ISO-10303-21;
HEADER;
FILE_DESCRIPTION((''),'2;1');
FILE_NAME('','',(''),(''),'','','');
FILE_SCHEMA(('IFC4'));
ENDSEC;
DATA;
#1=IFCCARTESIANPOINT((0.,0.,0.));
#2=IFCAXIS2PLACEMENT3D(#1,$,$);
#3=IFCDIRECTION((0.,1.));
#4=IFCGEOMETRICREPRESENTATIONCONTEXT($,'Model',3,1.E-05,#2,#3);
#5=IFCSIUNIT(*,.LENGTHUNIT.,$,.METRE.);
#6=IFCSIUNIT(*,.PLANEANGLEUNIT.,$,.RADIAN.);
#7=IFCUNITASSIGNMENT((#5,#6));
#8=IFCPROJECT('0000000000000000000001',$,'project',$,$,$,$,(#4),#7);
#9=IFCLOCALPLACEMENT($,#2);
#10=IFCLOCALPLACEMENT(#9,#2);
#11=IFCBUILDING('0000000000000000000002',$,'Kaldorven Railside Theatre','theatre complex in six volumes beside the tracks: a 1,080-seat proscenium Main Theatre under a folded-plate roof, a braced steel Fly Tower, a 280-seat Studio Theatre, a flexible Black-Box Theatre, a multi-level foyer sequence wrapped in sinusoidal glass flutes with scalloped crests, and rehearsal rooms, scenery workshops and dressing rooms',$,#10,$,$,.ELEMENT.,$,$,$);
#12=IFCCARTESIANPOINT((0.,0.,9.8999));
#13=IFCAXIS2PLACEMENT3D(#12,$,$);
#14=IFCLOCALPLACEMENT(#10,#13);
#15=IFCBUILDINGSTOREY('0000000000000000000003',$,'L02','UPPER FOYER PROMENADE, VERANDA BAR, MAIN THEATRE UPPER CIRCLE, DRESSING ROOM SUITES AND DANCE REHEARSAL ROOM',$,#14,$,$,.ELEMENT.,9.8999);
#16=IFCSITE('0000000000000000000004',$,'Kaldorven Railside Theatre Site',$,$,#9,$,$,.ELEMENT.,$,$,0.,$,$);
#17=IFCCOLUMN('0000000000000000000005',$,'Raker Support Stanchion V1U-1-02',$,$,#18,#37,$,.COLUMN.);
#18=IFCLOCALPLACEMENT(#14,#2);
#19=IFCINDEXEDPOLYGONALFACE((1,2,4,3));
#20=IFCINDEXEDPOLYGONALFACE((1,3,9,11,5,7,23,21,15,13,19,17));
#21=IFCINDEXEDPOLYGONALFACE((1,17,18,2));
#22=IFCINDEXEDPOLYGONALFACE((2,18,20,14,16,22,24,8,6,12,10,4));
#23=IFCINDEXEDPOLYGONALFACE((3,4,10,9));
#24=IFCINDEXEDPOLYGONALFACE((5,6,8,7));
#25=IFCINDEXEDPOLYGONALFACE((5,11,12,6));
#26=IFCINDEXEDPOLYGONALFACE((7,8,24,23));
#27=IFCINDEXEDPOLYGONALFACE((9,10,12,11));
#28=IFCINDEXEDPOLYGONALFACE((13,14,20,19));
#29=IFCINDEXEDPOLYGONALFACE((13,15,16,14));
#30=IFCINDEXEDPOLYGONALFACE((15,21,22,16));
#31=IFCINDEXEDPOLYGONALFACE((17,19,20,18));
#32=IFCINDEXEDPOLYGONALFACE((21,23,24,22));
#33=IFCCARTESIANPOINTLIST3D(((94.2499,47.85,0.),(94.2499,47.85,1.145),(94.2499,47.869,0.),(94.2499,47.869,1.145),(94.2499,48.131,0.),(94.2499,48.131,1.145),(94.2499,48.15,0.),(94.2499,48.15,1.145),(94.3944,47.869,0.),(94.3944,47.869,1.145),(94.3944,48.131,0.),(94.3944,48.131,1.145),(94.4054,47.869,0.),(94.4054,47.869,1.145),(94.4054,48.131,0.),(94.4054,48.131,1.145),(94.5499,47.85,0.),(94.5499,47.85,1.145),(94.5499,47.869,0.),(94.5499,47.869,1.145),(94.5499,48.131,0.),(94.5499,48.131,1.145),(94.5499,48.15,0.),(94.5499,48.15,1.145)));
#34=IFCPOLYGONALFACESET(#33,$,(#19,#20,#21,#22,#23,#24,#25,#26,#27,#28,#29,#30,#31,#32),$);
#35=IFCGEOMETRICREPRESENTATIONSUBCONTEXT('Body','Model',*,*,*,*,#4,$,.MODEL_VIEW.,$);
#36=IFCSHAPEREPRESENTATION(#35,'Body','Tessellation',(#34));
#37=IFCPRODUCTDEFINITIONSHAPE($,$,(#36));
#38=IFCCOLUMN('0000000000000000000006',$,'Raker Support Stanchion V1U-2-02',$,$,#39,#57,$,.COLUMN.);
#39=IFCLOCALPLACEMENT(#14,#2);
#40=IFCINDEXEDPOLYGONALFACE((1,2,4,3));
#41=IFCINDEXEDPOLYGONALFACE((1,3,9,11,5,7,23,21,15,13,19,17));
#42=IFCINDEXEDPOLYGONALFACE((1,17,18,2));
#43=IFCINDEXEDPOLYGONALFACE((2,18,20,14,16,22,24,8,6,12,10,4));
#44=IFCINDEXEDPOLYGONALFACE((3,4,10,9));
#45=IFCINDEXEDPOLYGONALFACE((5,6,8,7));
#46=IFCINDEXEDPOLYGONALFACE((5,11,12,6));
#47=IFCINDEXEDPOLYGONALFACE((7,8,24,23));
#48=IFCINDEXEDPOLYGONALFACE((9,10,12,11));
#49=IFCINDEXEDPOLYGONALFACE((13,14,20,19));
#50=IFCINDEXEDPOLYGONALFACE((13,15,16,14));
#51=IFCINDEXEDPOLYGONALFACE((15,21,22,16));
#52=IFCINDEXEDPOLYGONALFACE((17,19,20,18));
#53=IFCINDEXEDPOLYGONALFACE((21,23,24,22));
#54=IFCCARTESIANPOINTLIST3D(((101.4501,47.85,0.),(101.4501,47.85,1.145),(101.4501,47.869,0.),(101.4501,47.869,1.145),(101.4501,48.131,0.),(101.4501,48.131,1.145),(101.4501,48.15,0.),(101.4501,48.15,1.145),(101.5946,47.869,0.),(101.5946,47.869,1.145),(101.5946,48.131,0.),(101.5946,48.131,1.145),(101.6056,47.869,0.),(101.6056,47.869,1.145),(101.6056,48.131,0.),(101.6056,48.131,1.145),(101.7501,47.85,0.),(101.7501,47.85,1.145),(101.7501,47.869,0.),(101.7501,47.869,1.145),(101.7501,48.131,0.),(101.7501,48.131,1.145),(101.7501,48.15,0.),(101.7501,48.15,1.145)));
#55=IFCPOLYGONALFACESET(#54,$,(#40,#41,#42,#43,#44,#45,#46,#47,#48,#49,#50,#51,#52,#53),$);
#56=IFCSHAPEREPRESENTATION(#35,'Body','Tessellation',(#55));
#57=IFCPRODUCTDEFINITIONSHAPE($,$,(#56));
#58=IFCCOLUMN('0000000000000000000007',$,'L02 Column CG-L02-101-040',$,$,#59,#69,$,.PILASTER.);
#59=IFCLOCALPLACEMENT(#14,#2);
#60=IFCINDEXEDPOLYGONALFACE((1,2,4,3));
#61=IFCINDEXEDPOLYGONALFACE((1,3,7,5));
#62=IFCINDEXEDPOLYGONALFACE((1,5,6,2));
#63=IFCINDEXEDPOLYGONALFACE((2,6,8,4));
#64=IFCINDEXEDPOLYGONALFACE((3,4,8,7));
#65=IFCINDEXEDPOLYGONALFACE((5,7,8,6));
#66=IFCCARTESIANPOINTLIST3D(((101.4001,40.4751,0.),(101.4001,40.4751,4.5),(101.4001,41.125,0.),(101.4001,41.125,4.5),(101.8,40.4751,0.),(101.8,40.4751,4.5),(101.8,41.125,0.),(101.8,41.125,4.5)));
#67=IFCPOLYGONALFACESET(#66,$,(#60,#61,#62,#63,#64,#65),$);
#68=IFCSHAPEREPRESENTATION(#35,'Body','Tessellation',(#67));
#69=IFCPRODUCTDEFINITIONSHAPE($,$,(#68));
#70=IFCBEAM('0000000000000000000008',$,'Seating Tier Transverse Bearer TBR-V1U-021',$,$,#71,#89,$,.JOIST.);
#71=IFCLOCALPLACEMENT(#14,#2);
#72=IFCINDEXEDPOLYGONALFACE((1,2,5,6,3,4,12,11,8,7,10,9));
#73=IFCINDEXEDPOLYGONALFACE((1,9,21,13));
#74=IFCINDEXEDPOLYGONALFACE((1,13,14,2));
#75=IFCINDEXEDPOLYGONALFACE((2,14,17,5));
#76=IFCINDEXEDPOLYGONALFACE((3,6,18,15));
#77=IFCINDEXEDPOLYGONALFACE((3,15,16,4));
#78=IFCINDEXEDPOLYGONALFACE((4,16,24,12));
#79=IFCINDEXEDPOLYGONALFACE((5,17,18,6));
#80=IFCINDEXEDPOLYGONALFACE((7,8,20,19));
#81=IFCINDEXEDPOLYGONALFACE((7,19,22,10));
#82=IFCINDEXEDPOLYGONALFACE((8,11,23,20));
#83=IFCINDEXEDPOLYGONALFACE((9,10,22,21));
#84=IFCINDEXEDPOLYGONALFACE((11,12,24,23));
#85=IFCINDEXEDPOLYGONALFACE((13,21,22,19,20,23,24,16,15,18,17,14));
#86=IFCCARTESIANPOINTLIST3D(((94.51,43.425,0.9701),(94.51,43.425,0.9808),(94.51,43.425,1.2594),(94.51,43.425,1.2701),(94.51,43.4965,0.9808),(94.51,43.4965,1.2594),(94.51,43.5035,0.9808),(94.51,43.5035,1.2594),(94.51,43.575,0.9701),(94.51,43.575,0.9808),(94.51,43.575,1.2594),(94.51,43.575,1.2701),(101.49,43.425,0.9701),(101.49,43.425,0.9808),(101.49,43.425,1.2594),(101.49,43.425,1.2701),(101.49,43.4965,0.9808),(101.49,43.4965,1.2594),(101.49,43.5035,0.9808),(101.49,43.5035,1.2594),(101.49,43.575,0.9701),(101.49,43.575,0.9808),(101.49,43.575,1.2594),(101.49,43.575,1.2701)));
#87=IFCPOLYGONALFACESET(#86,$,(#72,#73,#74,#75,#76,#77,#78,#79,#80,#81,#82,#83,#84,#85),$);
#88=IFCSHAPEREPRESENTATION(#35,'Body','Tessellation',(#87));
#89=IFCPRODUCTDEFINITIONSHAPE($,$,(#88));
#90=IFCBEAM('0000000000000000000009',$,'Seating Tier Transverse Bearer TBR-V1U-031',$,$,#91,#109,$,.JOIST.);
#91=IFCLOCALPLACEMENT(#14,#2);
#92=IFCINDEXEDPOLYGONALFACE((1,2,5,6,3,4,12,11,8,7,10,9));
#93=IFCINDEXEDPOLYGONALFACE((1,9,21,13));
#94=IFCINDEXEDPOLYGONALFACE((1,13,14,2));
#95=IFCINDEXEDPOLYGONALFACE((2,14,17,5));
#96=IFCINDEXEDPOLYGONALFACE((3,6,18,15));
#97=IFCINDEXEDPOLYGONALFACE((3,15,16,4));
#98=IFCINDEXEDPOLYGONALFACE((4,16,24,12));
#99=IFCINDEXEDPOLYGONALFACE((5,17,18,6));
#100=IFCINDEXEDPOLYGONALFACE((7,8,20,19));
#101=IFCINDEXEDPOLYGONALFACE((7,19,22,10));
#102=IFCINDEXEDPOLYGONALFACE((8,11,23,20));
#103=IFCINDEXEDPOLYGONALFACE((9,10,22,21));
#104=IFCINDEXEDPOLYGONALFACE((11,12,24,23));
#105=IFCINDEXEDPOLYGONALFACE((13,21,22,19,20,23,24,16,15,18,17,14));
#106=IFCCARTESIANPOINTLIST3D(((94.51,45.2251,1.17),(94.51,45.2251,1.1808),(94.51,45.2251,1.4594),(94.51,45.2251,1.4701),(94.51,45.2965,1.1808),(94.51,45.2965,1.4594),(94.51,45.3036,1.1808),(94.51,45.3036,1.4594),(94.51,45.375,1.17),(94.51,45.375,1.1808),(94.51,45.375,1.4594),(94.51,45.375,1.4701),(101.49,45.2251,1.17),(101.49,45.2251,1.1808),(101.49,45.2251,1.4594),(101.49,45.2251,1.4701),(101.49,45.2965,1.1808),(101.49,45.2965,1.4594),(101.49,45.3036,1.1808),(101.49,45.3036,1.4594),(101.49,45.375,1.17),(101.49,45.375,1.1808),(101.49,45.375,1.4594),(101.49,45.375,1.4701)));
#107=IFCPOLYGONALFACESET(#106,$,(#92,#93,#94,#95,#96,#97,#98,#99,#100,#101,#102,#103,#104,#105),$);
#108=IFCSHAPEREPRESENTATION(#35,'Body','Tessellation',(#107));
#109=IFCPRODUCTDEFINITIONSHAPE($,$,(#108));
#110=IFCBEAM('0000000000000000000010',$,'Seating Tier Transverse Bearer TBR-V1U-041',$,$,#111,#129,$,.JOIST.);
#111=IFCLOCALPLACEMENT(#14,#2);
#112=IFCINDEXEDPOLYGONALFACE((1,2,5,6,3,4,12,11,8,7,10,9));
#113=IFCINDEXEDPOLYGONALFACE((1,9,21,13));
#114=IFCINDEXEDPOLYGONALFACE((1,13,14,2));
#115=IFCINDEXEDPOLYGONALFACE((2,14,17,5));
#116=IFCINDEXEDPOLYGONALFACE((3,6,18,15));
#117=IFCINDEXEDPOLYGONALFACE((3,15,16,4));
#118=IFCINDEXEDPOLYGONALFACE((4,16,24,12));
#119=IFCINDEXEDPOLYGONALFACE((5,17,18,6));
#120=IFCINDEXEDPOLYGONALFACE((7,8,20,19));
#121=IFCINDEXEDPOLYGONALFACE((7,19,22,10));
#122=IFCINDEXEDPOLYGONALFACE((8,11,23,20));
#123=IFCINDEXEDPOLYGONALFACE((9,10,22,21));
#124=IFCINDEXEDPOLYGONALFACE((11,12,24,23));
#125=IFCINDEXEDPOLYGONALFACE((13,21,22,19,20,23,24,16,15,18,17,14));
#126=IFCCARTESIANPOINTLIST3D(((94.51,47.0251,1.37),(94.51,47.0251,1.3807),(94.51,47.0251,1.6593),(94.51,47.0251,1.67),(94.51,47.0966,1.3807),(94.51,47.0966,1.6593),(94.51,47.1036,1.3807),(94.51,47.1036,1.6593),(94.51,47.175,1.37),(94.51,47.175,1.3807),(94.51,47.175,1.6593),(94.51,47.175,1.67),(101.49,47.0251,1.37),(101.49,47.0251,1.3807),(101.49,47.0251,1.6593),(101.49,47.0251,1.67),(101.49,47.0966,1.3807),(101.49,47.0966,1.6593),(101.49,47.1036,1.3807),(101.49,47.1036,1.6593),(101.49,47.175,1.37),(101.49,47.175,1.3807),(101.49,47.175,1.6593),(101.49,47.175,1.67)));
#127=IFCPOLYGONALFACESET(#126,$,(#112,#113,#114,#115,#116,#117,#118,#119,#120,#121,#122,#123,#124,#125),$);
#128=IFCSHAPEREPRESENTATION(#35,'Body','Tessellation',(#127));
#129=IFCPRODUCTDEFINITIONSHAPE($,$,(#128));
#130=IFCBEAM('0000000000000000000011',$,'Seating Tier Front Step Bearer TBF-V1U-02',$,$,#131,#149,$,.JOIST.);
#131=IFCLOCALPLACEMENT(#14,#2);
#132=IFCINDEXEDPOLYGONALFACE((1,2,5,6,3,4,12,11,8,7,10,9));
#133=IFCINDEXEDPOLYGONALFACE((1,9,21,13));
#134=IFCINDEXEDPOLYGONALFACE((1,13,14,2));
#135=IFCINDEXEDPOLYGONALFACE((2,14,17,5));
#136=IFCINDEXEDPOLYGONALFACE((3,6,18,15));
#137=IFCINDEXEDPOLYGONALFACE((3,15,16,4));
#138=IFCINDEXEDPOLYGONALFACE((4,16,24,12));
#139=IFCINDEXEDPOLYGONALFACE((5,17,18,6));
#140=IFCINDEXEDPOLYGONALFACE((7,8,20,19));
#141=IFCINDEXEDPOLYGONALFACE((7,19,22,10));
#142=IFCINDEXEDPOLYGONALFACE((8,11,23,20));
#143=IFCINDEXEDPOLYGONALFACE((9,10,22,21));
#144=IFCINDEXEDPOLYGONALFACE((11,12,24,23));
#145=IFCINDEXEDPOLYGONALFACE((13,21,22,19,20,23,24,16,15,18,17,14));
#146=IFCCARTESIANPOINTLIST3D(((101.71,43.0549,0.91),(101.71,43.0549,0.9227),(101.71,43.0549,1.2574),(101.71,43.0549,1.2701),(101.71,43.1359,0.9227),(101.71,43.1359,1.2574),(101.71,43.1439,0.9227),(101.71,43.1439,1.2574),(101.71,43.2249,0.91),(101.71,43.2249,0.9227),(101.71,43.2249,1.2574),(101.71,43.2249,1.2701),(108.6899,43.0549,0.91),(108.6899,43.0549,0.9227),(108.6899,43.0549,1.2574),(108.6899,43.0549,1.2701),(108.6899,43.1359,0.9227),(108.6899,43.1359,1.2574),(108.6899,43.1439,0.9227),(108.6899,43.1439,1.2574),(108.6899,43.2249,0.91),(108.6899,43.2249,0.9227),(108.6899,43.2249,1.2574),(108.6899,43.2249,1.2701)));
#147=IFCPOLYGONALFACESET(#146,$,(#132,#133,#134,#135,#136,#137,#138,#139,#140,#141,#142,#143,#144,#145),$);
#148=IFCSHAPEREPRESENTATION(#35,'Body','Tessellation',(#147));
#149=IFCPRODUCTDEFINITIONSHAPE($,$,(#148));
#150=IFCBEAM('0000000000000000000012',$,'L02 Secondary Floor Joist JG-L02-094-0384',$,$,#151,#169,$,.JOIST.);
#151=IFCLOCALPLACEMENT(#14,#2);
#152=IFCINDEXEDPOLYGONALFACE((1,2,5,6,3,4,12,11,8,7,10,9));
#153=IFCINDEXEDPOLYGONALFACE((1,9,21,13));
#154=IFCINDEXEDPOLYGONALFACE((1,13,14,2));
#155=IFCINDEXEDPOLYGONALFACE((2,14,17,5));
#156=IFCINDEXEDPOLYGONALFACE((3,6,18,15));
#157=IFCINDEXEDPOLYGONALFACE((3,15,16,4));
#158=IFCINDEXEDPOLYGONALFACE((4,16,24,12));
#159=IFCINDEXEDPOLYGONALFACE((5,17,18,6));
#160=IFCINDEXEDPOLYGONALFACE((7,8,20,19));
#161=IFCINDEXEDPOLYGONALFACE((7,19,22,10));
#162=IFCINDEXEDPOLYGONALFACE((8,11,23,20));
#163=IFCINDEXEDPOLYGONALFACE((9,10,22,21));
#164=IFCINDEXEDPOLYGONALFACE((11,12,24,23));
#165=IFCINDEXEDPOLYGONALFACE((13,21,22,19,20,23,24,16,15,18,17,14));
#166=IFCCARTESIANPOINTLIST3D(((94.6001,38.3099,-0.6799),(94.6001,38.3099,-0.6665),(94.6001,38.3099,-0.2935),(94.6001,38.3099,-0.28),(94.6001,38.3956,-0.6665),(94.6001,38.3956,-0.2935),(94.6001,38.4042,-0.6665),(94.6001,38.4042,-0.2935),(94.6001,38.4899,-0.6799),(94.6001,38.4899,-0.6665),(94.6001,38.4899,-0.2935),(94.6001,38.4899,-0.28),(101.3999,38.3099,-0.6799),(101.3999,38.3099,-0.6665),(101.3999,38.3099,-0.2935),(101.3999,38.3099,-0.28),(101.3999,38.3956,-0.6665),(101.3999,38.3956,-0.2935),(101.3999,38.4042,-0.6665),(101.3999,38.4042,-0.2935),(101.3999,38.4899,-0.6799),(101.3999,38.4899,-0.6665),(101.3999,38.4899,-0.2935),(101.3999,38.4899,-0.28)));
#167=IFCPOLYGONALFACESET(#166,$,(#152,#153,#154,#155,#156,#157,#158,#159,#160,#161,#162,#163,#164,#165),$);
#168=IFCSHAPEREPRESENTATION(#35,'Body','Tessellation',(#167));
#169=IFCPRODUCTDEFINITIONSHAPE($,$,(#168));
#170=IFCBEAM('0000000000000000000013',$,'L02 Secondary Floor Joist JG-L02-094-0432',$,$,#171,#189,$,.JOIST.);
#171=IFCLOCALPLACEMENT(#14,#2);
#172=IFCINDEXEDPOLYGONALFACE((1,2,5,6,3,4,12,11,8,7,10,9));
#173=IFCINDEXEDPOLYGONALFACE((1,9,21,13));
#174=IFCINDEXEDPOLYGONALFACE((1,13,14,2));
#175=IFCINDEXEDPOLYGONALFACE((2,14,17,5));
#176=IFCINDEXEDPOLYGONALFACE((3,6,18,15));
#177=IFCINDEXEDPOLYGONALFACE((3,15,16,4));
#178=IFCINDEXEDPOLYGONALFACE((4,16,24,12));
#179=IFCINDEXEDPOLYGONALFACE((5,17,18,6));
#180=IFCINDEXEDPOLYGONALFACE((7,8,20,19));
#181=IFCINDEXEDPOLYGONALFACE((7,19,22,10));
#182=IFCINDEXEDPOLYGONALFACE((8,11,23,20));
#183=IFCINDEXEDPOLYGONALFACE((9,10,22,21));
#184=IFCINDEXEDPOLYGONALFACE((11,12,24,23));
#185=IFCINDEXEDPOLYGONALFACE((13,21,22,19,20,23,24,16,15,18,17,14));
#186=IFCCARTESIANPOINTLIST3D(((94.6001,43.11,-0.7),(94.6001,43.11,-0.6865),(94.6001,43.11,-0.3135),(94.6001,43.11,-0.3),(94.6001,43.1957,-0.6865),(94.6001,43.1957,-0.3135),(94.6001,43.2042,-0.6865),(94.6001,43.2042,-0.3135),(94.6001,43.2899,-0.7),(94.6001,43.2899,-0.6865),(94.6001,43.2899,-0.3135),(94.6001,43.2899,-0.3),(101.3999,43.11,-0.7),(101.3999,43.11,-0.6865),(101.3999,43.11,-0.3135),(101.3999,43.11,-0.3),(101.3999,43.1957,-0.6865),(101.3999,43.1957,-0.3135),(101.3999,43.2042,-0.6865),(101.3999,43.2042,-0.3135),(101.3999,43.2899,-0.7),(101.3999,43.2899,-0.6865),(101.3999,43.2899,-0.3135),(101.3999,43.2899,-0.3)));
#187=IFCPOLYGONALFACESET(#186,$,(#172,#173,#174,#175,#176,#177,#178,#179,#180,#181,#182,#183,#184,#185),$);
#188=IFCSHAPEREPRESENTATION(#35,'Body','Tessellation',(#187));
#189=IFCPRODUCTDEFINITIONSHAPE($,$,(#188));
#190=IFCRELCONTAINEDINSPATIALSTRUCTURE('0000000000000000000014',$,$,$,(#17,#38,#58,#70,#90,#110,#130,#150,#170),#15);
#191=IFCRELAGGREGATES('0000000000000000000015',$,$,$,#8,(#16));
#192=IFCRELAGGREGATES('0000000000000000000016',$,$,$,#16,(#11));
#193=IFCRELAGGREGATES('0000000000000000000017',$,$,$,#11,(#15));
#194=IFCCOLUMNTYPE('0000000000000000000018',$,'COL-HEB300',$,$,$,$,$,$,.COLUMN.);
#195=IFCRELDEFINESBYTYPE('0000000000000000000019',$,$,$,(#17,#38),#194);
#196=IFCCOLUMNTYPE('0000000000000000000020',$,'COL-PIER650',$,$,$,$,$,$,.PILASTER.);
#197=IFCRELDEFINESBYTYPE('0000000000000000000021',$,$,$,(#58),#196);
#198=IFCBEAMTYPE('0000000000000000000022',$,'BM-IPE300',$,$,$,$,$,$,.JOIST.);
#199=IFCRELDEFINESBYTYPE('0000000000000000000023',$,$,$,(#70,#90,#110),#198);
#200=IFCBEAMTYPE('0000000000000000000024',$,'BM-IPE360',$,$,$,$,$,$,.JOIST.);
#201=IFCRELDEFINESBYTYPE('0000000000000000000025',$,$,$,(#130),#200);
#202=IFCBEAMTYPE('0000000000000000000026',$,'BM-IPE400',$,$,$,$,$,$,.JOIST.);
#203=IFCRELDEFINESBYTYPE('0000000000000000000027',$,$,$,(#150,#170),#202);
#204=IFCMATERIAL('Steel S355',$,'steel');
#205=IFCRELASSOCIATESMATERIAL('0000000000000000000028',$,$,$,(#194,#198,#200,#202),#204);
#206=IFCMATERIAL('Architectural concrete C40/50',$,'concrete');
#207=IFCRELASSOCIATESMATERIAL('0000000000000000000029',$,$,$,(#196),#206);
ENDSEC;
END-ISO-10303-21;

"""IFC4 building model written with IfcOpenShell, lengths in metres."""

from ifc_helpers import new_model, si_unit, direction, frame, origin, origin_2d, place, context, subcontext, project, spatial, rectangle, i_section, extrude, material, material_profile, profile_set, type_object, element, save


model = new_model("IFC4")

# Units and contexts
model_context = context("Model", 3, precision=1e-05, world=origin(), true_north=direction((0.0, 1.0)))
body_context = subcontext(model_context, "Body", "Model", "MODEL_VIEW")
ifc_project = project(units=[si_unit("LENGTHUNIT", "METRE"), si_unit("PLANEANGLEUNIT", "RADIAN")], contexts=[model_context])

# Site, building, storey
site_placement = place(None, origin())
site = spatial("IfcSite", under=ifc_project, at=site_placement, Name="Kaldorven Railside Theatre Site", CompositionType="ELEMENT", RefElevation=0.0)
building_placement = place(site_placement, origin())
building = spatial("IfcBuilding", under=site, at=building_placement, Name="Kaldorven Railside Theatre", Description="theatre complex in six volumes beside the tracks: a 1,080-seat proscenium Main Theatre under a folded-plate roof, a braced steel Fly Tower, a 280-seat Studio Theatre, a flexible Black-Box Theatre, a multi-level foyer sequence wrapped in sinusoidal glass flutes with scalloped crests, and rehearsal rooms, scenery workshops and dressing rooms", CompositionType="ELEMENT")
storey_placement = place(building_placement, frame((0.0, 0.0, 9.8999)))
storey = spatial("IfcBuildingStorey", under=building, at=storey_placement, Name="L02", Description="UPPER FOYER PROMENADE, VERANDA BAR, MAIN THEATRE UPPER CIRCLE, DRESSING ROOM SUITES AND DANCE REHEARSAL ROOM", CompositionType="ELEMENT", Elevation=9.8999)

# Columns
ifc_material_1 = material(Name="Steel S355", Category="steel")
ifc_material_profile_1 = material_profile(ifc_material_1, i_section(OverallWidth=0.3, OverallDepth=0.3, WebThickness=0.011, FlangeThickness=0.019, at=origin_2d()), Name="HEB 300")
ifc_profile_set_1 = profile_set([ifc_material_profile_1], Name="Steel S355")
column_type_1 = type_object("IfcColumnType", Name="COL-HEB300", PredefinedType="COLUMN", material=ifc_profile_set_1)
for number, where, z_axis, x_axis, name in (
    (1, (94.3999, 48.0, 0.0), (0.0, 0.0, 1.0), (1.0, 0.0, 0.0), "Raker Support Stanchion V1U-1-02"),
    (2, (101.6001, 48.0, 0.0), (0.0, 0.0, 1.0), (1.0, 0.0, 0.0), "Raker Support Stanchion V1U-2-02"),
):
    element("IfcColumn", number, at=place(storey_placement, frame(where, z_axis=z_axis, x_axis=x_axis)), inside=storey, type_object=column_type_1, Name=name, PredefinedType="COLUMN", context=body_context, shape_type="SweptSolid", body=[
        extrude(i_section(OverallWidth=0.3, OverallDepth=0.3, WebThickness=0.011, FlangeThickness=0.019, at=origin_2d()), origin(), (0.0, 0.0, 1.0), 1.145),
    ])
ifc_material_2 = material(Name="Architectural concrete C40/50", Category="concrete")
ifc_material_profile_2 = material_profile(ifc_material_2, rectangle(XDim=0.3999, YDim=0.6499, at=origin_2d()), Name="RC 400x650")
ifc_profile_set_2 = profile_set([ifc_material_profile_2], Name="Architectural concrete C40/50")
column_type_2 = type_object("IfcColumnType", Name="COL-PIER650", PredefinedType="PILASTER", material=ifc_profile_set_2)
column_placement = place(storey_placement, frame((101.6001, 40.8, 0.0), z_axis=(0.0, 0.0, 1.0), x_axis=(1.0, 0.0, 0.0)))
element("IfcColumn", 3, at=column_placement, inside=storey, type_object=column_type_2, Name="L02 Column CG-L02-101-040", PredefinedType="PILASTER", context=body_context, shape_type="SweptSolid", body=[
    extrude(rectangle(XDim=0.3999, YDim=0.6499, at=origin_2d()), origin(), (0.0, 0.0, 1.0), 4.5),
])

# Beams
ifc_material_profile_3 = material_profile(ifc_material_1, i_section(OverallWidth=0.1499, OverallDepth=0.3, WebThickness=0.0071, FlangeThickness=0.0107, at=origin_2d()), Name="IPE 300")
ifc_profile_set_3 = profile_set([ifc_material_profile_3], Name="Steel S355")
beam_type_1 = type_object("IfcBeamType", Name="BM-IPE300", PredefinedType="JOIST", material=ifc_profile_set_3)
for number, where, z_axis, x_axis, name in (
    (4, (94.51, 43.5, 1.1201), (1.0, 0.0, 0.0), (0.0, 1.0, 0.0), "Seating Tier Transverse Bearer TBR-V1U-021"),
    (5, (94.51, 45.3, 1.3201), (1.0, 0.0, 0.0), (0.0, 1.0, 0.0), "Seating Tier Transverse Bearer TBR-V1U-031"),
    (6, (94.51, 47.1001, 1.52), (1.0, 0.0, 0.0), (0.0, 1.0, 0.0), "Seating Tier Transverse Bearer TBR-V1U-041"),
):
    element("IfcBeam", number, at=place(storey_placement, frame(where, z_axis=z_axis, x_axis=x_axis)), inside=storey, type_object=beam_type_1, Name=name, PredefinedType="JOIST", context=body_context, shape_type="SweptSolid", body=[
        extrude(i_section(OverallWidth=0.1499, OverallDepth=0.3, WebThickness=0.0071, FlangeThickness=0.0107, at=origin_2d()), origin(), (0.0, 0.0, 1.0), 6.98),
    ])
ifc_material_profile_4 = material_profile(ifc_material_1, i_section(OverallWidth=0.1699, OverallDepth=0.3601, WebThickness=0.0081, FlangeThickness=0.0127, at=origin_2d()), Name="IPE 360")
ifc_profile_set_4 = profile_set([ifc_material_profile_4], Name="Steel S355")
beam_type_2 = type_object("IfcBeamType", Name="BM-IPE360", PredefinedType="JOIST", material=ifc_profile_set_4)
beam_1_placement = place(storey_placement, frame((101.71, 43.1399, 1.0901), z_axis=(1.0, 0.0, 0.0), x_axis=(0.0, 1.0, 0.0)))
element("IfcBeam", 7, at=beam_1_placement, inside=storey, type_object=beam_type_2, Name="Seating Tier Front Step Bearer TBF-V1U-02", PredefinedType="JOIST", context=body_context, shape_type="SweptSolid", body=[
    extrude(i_section(OverallWidth=0.1699, OverallDepth=0.3601, WebThickness=0.0081, FlangeThickness=0.0127, at=origin_2d()), origin(), (0.0, 0.0, 1.0), 6.98),
])
ifc_material_profile_5 = material_profile(ifc_material_1, i_section(OverallWidth=0.1799, OverallDepth=0.3999, WebThickness=0.0085, FlangeThickness=0.0134, at=origin_2d()), Name="IPE 400")
ifc_profile_set_5 = profile_set([ifc_material_profile_5], Name="Steel S355")
beam_type_3 = type_object("IfcBeamType", Name="BM-IPE400", PredefinedType="JOIST", material=ifc_profile_set_5)
for number, where, z_axis, x_axis, name in (
    (8, (94.6001, 38.3999, -0.48), (1.0, 0.0, 0.0), (0.0, 1.0, 0.0), "L02 Secondary Floor Joist JG-L02-094-0384"),
    (9, (94.6001, 43.2, -0.5), (1.0, 0.0, 0.0), (0.0, 1.0, 0.0), "L02 Secondary Floor Joist JG-L02-094-0432"),
):
    element("IfcBeam", number, at=place(storey_placement, frame(where, z_axis=z_axis, x_axis=x_axis)), inside=storey, type_object=beam_type_3, Name=name, PredefinedType="JOIST", context=body_context, shape_type="SweptSolid", body=[
        extrude(i_section(OverallWidth=0.1799, OverallDepth=0.3999, WebThickness=0.0085, FlangeThickness=0.0134, at=origin_2d()), origin(), (0.0, 0.0, 1.0), 6.7998),
    ])

save(model, "model.ifc")
